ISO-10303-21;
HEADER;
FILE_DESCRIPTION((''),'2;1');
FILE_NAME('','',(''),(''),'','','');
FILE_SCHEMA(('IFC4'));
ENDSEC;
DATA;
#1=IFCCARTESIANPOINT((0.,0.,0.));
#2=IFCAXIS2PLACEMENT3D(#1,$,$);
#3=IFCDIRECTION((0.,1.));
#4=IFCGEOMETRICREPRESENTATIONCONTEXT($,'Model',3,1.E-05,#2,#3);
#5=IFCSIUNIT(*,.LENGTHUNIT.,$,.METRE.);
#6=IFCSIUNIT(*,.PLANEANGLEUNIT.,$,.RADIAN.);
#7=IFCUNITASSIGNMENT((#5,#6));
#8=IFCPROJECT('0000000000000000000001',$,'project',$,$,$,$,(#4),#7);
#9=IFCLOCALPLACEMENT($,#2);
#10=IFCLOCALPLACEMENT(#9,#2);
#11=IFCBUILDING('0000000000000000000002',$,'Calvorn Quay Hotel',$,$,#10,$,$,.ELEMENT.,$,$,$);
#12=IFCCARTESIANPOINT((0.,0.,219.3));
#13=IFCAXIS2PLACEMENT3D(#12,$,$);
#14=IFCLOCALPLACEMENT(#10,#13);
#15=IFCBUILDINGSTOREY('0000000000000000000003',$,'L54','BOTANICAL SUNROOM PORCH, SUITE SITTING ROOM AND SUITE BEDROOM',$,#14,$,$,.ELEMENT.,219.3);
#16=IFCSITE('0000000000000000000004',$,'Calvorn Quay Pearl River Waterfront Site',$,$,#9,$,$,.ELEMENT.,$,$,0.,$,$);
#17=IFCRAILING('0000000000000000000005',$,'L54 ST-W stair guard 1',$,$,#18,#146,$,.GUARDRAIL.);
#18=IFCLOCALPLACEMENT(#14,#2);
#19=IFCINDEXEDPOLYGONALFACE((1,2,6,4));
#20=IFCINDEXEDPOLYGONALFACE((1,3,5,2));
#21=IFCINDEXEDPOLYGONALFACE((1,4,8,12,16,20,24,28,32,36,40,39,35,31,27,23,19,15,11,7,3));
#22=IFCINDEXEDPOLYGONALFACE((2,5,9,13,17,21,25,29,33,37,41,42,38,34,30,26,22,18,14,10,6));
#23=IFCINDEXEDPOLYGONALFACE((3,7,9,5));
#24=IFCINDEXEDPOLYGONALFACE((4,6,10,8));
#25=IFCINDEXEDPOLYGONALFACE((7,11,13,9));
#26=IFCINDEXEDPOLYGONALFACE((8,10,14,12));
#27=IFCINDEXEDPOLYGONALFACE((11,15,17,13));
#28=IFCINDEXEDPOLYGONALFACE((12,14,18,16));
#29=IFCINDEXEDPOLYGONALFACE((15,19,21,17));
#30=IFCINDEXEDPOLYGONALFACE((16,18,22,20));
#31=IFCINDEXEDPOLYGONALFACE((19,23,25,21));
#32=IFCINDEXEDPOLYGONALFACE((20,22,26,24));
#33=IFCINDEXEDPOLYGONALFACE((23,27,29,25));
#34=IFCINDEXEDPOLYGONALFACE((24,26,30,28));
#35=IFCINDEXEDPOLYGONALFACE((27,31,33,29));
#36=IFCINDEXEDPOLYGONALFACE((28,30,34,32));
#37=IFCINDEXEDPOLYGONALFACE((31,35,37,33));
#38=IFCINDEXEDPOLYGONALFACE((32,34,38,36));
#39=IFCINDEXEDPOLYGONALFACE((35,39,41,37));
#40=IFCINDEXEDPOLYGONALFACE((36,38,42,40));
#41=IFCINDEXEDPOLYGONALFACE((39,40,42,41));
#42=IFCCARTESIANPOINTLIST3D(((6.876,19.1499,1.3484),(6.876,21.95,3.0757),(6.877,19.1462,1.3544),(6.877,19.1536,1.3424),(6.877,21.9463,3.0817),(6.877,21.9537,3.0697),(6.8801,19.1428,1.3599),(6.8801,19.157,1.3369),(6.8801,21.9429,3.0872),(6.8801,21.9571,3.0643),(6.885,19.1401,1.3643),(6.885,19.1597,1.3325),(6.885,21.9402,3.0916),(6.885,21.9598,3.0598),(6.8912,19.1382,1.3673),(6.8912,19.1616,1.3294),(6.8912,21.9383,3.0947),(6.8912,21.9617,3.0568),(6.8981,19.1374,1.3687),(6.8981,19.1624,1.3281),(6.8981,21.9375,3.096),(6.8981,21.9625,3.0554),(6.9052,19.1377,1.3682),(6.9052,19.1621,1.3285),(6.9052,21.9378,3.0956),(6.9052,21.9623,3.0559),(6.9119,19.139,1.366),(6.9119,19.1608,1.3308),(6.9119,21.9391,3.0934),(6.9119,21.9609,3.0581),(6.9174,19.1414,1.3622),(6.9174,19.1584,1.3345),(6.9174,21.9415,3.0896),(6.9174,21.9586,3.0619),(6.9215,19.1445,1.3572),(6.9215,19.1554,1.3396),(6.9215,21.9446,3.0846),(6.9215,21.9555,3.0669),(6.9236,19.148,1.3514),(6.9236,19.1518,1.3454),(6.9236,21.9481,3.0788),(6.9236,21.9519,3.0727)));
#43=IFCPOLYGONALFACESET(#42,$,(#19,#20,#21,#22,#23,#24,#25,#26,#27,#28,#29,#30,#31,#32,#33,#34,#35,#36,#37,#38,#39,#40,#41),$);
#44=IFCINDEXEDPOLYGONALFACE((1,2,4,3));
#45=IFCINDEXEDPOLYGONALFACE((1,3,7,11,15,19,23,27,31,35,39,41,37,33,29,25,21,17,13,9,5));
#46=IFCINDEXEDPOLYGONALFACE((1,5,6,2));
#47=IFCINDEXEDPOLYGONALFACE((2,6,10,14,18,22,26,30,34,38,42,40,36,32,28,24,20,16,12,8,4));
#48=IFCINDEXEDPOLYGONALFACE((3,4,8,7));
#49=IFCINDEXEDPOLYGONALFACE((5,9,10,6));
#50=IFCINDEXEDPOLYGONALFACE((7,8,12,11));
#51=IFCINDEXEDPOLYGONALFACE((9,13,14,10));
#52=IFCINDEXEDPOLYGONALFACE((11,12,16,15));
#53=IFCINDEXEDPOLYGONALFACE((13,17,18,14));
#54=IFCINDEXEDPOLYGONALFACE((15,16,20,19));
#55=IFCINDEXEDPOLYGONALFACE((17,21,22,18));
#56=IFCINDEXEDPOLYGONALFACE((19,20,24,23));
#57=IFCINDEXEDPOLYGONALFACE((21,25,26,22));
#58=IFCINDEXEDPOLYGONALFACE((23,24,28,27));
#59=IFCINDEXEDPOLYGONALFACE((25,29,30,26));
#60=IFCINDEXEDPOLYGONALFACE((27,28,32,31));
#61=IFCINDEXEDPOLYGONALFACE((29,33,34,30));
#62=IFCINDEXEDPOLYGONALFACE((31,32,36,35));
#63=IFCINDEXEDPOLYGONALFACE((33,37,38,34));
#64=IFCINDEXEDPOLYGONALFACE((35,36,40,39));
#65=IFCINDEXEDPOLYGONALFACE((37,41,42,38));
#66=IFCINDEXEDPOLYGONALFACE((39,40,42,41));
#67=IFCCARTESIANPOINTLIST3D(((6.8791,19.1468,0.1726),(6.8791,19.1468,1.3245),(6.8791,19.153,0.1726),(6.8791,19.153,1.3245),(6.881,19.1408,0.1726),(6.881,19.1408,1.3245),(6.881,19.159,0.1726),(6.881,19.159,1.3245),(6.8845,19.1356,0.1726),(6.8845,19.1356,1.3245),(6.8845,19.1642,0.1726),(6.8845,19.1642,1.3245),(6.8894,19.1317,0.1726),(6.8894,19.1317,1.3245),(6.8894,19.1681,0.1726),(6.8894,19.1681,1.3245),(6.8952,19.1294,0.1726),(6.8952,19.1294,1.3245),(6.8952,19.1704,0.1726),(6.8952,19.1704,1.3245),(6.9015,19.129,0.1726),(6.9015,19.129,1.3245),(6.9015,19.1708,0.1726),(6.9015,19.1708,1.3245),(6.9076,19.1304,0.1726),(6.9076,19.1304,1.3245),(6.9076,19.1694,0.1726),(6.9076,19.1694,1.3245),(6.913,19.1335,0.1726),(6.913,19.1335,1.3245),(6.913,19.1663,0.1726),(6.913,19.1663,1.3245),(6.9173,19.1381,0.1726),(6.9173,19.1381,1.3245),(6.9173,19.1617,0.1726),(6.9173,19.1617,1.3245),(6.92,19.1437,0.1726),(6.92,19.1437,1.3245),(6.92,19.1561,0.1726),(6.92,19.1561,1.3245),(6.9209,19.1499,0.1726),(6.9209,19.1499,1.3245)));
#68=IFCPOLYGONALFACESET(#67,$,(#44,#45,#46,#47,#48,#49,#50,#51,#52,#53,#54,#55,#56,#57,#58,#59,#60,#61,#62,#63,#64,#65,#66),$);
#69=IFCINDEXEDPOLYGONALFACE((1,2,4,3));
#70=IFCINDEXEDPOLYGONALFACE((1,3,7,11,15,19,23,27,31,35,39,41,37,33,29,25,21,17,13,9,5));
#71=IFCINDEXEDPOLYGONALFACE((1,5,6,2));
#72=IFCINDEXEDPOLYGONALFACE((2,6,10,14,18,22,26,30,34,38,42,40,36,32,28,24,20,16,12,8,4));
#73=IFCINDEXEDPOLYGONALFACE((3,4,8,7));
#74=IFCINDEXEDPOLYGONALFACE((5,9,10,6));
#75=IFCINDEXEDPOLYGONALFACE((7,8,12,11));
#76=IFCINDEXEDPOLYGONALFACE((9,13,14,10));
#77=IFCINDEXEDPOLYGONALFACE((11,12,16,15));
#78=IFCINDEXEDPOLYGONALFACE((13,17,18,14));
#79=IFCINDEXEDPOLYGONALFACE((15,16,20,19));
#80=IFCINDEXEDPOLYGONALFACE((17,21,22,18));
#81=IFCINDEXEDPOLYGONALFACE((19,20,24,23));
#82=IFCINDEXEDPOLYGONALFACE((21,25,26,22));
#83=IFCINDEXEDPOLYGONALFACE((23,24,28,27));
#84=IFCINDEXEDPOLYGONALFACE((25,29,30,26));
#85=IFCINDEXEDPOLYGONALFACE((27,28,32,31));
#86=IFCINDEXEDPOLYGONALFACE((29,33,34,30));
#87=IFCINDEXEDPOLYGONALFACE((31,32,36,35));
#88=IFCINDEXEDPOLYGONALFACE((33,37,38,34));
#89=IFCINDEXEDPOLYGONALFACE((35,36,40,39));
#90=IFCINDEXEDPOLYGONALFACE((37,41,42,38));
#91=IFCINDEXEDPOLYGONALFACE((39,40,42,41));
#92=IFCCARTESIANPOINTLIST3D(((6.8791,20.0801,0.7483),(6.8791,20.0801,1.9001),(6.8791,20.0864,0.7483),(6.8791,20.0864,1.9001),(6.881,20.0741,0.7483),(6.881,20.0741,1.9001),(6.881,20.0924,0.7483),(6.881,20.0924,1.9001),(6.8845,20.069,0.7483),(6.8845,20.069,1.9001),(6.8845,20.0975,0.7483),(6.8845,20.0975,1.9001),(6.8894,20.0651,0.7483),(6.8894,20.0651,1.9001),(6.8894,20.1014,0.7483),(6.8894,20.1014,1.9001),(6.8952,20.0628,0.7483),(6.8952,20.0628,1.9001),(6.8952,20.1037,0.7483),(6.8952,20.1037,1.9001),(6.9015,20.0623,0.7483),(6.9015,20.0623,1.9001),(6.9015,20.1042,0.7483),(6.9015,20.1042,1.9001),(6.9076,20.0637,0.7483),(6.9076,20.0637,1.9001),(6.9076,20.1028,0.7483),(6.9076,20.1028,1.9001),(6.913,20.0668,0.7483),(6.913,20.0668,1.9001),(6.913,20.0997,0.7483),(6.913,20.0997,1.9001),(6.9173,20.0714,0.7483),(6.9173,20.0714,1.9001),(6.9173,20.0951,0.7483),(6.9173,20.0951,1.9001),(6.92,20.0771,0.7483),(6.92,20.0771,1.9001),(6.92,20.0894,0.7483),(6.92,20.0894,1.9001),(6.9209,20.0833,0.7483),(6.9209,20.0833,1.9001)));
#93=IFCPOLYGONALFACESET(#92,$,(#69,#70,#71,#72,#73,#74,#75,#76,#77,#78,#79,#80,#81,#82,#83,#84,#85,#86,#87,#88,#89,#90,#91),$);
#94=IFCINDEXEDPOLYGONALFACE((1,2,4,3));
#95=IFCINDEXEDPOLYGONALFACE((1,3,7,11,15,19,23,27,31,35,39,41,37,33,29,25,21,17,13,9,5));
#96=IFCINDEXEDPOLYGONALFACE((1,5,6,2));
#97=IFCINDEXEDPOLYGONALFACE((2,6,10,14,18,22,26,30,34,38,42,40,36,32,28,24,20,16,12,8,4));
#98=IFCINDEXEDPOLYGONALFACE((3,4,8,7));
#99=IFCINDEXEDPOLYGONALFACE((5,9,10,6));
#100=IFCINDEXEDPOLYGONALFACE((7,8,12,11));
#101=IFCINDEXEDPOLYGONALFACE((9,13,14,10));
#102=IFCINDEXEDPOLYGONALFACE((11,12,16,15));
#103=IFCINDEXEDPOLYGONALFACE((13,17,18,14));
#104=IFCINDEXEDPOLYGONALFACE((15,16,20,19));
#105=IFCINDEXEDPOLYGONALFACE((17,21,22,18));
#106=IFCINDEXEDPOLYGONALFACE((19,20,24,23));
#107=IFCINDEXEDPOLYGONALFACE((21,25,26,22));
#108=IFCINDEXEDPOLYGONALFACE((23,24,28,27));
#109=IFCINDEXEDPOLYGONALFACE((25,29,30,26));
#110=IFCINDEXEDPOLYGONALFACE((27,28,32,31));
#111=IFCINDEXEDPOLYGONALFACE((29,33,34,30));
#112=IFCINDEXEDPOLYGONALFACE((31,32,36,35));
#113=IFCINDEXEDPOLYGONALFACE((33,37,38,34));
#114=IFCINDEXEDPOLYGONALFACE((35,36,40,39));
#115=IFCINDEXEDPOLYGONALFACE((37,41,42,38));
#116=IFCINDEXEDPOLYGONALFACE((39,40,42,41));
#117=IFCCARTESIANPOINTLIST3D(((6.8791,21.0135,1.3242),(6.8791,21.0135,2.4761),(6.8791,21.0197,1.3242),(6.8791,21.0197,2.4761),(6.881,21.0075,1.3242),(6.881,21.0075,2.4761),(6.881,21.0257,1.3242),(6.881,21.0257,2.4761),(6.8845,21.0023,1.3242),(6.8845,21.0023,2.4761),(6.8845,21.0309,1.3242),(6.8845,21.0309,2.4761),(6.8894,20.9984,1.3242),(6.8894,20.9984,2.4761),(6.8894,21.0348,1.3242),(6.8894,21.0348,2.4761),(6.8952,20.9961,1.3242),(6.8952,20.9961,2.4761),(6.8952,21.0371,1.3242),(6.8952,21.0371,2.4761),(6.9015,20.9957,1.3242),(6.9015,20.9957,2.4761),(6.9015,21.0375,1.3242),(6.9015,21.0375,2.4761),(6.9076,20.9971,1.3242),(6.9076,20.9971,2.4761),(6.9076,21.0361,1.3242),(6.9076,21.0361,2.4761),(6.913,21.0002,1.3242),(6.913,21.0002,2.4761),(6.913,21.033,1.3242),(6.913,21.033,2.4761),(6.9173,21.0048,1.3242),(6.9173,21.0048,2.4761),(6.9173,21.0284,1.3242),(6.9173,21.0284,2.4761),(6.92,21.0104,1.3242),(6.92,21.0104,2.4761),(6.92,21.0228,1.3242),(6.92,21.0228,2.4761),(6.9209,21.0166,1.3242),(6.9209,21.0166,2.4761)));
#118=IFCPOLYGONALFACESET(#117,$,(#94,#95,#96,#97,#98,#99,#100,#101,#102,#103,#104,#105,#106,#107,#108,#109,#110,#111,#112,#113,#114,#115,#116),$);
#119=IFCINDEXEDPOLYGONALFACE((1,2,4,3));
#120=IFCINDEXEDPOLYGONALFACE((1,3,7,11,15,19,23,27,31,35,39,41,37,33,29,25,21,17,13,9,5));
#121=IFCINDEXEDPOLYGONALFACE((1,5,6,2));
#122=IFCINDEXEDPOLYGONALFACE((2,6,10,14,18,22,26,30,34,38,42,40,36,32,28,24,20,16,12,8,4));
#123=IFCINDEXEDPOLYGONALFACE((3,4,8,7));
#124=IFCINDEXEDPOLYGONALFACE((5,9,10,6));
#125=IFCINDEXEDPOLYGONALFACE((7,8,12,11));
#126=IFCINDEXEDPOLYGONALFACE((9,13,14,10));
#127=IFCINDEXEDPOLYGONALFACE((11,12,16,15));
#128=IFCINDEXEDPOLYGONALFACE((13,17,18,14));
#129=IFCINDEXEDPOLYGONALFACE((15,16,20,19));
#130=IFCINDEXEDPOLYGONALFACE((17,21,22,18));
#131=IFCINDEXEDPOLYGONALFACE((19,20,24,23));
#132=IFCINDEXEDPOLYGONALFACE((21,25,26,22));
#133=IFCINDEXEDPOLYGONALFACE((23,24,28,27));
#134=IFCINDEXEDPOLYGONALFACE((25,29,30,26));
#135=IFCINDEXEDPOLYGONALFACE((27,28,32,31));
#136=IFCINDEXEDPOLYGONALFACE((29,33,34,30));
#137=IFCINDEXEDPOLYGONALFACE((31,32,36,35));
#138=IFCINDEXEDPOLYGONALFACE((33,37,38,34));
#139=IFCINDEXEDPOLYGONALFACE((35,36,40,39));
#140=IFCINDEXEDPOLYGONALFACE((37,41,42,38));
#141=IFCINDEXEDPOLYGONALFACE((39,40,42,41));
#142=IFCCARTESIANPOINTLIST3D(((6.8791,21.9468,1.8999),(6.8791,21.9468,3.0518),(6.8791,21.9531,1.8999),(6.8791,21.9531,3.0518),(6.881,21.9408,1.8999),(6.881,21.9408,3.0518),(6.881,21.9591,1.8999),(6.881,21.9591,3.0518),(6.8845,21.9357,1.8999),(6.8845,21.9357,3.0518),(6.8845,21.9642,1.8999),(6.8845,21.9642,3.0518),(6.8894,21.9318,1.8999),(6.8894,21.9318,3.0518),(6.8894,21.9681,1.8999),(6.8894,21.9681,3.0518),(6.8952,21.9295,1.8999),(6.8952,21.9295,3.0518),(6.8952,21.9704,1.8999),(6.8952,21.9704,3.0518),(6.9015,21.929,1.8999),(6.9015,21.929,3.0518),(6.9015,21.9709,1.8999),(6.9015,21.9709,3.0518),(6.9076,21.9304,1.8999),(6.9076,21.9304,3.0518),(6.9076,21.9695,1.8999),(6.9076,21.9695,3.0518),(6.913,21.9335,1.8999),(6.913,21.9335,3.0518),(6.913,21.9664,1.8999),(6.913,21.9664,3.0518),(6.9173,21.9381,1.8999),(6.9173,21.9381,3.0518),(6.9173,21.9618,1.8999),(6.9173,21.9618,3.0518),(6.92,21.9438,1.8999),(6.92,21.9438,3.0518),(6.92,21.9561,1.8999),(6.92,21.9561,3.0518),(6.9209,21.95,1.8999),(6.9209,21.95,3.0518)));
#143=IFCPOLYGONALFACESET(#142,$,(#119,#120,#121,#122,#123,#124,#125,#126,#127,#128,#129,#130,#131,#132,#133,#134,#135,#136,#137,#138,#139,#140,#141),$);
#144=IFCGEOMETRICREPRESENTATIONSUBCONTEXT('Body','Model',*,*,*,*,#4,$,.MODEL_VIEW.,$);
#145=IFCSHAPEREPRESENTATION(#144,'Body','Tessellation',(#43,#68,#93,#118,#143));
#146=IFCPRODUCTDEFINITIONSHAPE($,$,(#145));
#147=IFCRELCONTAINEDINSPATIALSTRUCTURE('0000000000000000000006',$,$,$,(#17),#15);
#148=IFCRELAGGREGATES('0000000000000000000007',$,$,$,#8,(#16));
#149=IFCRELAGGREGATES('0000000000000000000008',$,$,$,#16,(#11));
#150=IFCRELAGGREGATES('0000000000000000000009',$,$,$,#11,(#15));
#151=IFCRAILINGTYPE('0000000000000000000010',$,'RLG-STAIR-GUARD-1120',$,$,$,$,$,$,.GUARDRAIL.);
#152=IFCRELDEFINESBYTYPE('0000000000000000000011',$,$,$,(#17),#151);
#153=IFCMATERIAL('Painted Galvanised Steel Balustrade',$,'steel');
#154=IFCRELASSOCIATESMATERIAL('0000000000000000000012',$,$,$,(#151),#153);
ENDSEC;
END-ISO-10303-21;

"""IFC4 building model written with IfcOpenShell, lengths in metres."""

from ifc_helpers import new_model, si_unit, direction, frame, origin, origin_2d, place, context, subcontext, project, spatial, circle, extrude, material, type_object, element, save


model = new_model("IFC4")

# Units and contexts
model_context = context("Model", 3, precision=1e-05, world=origin(), true_north=direction((0.0, 1.0)))
body_context = subcontext(model_context, "Body", "Model", "MODEL_VIEW")
ifc_project = project(units=[si_unit("LENGTHUNIT", "METRE"), si_unit("PLANEANGLEUNIT", "RADIAN")], contexts=[model_context])

# Site, building, storey
site_placement = place(None, origin())
site = spatial("IfcSite", under=ifc_project, at=site_placement, Name="Calvorn Quay Pearl River Waterfront Site", CompositionType="ELEMENT", RefElevation=0.0)
building_placement = place(site_placement, origin())
building = spatial("IfcBuilding", under=site, at=building_placement, Name="Calvorn Quay Hotel", CompositionType="ELEMENT")
storey_placement = place(building_placement, frame((0.0, 0.0, 219.3)))
storey = spatial("IfcBuildingStorey", under=building, at=storey_placement, Name="L54", Description="BOTANICAL SUNROOM PORCH, SUITE SITTING ROOM AND SUITE BEDROOM", CompositionType="ELEMENT", Elevation=219.3)

# Railing
ifc_material_1 = material(Name="Painted Galvanised Steel Balustrade", Category="steel")
railing_type_1 = type_object("IfcRailingType", Name="RLG-STAIR-GUARD-1120", PredefinedType="GUARDRAIL", material=ifc_material_1)
railing_1_placement = place(storey_placement, frame((6.8999, 19.1499, 0.1726)))
element("IfcRailing", 1, at=railing_1_placement, inside=storey, type_object=railing_type_1, Name="L54 ST-W stair guard 1", PredefinedType="GUARDRAIL", context=body_context, shape_type="SweptSolid", body=[
    extrude(circle(Radius=0.0239, at=origin_2d()), frame((0.0, 0.0, 1.1758), z_axis=(0.0, 0.85109, 0.52502), x_axis=(-1.0, 0.0, 0.0)), (0.0, 0.0, 1.0), 3.29),
    extrude(circle(Radius=0.021, at=origin_2d()), origin(), (0.0, 0.0, 1.0), 1.1519),
    extrude(circle(Radius=0.021, at=origin_2d()), frame((0.0, 0.9333, 0.5757)), (0.0, 0.0, 1.0), 1.1519),
    extrude(circle(Radius=0.021, at=origin_2d()), frame((0.0, 1.8667, 1.1516)), (0.0, 0.0, 1.0), 1.1519),
    extrude(circle(Radius=0.021, at=origin_2d()), frame((0.0, 2.8, 1.7273)), (0.0, 0.0, 1.0), 1.1519),
])

save(model, "model.ifc")
